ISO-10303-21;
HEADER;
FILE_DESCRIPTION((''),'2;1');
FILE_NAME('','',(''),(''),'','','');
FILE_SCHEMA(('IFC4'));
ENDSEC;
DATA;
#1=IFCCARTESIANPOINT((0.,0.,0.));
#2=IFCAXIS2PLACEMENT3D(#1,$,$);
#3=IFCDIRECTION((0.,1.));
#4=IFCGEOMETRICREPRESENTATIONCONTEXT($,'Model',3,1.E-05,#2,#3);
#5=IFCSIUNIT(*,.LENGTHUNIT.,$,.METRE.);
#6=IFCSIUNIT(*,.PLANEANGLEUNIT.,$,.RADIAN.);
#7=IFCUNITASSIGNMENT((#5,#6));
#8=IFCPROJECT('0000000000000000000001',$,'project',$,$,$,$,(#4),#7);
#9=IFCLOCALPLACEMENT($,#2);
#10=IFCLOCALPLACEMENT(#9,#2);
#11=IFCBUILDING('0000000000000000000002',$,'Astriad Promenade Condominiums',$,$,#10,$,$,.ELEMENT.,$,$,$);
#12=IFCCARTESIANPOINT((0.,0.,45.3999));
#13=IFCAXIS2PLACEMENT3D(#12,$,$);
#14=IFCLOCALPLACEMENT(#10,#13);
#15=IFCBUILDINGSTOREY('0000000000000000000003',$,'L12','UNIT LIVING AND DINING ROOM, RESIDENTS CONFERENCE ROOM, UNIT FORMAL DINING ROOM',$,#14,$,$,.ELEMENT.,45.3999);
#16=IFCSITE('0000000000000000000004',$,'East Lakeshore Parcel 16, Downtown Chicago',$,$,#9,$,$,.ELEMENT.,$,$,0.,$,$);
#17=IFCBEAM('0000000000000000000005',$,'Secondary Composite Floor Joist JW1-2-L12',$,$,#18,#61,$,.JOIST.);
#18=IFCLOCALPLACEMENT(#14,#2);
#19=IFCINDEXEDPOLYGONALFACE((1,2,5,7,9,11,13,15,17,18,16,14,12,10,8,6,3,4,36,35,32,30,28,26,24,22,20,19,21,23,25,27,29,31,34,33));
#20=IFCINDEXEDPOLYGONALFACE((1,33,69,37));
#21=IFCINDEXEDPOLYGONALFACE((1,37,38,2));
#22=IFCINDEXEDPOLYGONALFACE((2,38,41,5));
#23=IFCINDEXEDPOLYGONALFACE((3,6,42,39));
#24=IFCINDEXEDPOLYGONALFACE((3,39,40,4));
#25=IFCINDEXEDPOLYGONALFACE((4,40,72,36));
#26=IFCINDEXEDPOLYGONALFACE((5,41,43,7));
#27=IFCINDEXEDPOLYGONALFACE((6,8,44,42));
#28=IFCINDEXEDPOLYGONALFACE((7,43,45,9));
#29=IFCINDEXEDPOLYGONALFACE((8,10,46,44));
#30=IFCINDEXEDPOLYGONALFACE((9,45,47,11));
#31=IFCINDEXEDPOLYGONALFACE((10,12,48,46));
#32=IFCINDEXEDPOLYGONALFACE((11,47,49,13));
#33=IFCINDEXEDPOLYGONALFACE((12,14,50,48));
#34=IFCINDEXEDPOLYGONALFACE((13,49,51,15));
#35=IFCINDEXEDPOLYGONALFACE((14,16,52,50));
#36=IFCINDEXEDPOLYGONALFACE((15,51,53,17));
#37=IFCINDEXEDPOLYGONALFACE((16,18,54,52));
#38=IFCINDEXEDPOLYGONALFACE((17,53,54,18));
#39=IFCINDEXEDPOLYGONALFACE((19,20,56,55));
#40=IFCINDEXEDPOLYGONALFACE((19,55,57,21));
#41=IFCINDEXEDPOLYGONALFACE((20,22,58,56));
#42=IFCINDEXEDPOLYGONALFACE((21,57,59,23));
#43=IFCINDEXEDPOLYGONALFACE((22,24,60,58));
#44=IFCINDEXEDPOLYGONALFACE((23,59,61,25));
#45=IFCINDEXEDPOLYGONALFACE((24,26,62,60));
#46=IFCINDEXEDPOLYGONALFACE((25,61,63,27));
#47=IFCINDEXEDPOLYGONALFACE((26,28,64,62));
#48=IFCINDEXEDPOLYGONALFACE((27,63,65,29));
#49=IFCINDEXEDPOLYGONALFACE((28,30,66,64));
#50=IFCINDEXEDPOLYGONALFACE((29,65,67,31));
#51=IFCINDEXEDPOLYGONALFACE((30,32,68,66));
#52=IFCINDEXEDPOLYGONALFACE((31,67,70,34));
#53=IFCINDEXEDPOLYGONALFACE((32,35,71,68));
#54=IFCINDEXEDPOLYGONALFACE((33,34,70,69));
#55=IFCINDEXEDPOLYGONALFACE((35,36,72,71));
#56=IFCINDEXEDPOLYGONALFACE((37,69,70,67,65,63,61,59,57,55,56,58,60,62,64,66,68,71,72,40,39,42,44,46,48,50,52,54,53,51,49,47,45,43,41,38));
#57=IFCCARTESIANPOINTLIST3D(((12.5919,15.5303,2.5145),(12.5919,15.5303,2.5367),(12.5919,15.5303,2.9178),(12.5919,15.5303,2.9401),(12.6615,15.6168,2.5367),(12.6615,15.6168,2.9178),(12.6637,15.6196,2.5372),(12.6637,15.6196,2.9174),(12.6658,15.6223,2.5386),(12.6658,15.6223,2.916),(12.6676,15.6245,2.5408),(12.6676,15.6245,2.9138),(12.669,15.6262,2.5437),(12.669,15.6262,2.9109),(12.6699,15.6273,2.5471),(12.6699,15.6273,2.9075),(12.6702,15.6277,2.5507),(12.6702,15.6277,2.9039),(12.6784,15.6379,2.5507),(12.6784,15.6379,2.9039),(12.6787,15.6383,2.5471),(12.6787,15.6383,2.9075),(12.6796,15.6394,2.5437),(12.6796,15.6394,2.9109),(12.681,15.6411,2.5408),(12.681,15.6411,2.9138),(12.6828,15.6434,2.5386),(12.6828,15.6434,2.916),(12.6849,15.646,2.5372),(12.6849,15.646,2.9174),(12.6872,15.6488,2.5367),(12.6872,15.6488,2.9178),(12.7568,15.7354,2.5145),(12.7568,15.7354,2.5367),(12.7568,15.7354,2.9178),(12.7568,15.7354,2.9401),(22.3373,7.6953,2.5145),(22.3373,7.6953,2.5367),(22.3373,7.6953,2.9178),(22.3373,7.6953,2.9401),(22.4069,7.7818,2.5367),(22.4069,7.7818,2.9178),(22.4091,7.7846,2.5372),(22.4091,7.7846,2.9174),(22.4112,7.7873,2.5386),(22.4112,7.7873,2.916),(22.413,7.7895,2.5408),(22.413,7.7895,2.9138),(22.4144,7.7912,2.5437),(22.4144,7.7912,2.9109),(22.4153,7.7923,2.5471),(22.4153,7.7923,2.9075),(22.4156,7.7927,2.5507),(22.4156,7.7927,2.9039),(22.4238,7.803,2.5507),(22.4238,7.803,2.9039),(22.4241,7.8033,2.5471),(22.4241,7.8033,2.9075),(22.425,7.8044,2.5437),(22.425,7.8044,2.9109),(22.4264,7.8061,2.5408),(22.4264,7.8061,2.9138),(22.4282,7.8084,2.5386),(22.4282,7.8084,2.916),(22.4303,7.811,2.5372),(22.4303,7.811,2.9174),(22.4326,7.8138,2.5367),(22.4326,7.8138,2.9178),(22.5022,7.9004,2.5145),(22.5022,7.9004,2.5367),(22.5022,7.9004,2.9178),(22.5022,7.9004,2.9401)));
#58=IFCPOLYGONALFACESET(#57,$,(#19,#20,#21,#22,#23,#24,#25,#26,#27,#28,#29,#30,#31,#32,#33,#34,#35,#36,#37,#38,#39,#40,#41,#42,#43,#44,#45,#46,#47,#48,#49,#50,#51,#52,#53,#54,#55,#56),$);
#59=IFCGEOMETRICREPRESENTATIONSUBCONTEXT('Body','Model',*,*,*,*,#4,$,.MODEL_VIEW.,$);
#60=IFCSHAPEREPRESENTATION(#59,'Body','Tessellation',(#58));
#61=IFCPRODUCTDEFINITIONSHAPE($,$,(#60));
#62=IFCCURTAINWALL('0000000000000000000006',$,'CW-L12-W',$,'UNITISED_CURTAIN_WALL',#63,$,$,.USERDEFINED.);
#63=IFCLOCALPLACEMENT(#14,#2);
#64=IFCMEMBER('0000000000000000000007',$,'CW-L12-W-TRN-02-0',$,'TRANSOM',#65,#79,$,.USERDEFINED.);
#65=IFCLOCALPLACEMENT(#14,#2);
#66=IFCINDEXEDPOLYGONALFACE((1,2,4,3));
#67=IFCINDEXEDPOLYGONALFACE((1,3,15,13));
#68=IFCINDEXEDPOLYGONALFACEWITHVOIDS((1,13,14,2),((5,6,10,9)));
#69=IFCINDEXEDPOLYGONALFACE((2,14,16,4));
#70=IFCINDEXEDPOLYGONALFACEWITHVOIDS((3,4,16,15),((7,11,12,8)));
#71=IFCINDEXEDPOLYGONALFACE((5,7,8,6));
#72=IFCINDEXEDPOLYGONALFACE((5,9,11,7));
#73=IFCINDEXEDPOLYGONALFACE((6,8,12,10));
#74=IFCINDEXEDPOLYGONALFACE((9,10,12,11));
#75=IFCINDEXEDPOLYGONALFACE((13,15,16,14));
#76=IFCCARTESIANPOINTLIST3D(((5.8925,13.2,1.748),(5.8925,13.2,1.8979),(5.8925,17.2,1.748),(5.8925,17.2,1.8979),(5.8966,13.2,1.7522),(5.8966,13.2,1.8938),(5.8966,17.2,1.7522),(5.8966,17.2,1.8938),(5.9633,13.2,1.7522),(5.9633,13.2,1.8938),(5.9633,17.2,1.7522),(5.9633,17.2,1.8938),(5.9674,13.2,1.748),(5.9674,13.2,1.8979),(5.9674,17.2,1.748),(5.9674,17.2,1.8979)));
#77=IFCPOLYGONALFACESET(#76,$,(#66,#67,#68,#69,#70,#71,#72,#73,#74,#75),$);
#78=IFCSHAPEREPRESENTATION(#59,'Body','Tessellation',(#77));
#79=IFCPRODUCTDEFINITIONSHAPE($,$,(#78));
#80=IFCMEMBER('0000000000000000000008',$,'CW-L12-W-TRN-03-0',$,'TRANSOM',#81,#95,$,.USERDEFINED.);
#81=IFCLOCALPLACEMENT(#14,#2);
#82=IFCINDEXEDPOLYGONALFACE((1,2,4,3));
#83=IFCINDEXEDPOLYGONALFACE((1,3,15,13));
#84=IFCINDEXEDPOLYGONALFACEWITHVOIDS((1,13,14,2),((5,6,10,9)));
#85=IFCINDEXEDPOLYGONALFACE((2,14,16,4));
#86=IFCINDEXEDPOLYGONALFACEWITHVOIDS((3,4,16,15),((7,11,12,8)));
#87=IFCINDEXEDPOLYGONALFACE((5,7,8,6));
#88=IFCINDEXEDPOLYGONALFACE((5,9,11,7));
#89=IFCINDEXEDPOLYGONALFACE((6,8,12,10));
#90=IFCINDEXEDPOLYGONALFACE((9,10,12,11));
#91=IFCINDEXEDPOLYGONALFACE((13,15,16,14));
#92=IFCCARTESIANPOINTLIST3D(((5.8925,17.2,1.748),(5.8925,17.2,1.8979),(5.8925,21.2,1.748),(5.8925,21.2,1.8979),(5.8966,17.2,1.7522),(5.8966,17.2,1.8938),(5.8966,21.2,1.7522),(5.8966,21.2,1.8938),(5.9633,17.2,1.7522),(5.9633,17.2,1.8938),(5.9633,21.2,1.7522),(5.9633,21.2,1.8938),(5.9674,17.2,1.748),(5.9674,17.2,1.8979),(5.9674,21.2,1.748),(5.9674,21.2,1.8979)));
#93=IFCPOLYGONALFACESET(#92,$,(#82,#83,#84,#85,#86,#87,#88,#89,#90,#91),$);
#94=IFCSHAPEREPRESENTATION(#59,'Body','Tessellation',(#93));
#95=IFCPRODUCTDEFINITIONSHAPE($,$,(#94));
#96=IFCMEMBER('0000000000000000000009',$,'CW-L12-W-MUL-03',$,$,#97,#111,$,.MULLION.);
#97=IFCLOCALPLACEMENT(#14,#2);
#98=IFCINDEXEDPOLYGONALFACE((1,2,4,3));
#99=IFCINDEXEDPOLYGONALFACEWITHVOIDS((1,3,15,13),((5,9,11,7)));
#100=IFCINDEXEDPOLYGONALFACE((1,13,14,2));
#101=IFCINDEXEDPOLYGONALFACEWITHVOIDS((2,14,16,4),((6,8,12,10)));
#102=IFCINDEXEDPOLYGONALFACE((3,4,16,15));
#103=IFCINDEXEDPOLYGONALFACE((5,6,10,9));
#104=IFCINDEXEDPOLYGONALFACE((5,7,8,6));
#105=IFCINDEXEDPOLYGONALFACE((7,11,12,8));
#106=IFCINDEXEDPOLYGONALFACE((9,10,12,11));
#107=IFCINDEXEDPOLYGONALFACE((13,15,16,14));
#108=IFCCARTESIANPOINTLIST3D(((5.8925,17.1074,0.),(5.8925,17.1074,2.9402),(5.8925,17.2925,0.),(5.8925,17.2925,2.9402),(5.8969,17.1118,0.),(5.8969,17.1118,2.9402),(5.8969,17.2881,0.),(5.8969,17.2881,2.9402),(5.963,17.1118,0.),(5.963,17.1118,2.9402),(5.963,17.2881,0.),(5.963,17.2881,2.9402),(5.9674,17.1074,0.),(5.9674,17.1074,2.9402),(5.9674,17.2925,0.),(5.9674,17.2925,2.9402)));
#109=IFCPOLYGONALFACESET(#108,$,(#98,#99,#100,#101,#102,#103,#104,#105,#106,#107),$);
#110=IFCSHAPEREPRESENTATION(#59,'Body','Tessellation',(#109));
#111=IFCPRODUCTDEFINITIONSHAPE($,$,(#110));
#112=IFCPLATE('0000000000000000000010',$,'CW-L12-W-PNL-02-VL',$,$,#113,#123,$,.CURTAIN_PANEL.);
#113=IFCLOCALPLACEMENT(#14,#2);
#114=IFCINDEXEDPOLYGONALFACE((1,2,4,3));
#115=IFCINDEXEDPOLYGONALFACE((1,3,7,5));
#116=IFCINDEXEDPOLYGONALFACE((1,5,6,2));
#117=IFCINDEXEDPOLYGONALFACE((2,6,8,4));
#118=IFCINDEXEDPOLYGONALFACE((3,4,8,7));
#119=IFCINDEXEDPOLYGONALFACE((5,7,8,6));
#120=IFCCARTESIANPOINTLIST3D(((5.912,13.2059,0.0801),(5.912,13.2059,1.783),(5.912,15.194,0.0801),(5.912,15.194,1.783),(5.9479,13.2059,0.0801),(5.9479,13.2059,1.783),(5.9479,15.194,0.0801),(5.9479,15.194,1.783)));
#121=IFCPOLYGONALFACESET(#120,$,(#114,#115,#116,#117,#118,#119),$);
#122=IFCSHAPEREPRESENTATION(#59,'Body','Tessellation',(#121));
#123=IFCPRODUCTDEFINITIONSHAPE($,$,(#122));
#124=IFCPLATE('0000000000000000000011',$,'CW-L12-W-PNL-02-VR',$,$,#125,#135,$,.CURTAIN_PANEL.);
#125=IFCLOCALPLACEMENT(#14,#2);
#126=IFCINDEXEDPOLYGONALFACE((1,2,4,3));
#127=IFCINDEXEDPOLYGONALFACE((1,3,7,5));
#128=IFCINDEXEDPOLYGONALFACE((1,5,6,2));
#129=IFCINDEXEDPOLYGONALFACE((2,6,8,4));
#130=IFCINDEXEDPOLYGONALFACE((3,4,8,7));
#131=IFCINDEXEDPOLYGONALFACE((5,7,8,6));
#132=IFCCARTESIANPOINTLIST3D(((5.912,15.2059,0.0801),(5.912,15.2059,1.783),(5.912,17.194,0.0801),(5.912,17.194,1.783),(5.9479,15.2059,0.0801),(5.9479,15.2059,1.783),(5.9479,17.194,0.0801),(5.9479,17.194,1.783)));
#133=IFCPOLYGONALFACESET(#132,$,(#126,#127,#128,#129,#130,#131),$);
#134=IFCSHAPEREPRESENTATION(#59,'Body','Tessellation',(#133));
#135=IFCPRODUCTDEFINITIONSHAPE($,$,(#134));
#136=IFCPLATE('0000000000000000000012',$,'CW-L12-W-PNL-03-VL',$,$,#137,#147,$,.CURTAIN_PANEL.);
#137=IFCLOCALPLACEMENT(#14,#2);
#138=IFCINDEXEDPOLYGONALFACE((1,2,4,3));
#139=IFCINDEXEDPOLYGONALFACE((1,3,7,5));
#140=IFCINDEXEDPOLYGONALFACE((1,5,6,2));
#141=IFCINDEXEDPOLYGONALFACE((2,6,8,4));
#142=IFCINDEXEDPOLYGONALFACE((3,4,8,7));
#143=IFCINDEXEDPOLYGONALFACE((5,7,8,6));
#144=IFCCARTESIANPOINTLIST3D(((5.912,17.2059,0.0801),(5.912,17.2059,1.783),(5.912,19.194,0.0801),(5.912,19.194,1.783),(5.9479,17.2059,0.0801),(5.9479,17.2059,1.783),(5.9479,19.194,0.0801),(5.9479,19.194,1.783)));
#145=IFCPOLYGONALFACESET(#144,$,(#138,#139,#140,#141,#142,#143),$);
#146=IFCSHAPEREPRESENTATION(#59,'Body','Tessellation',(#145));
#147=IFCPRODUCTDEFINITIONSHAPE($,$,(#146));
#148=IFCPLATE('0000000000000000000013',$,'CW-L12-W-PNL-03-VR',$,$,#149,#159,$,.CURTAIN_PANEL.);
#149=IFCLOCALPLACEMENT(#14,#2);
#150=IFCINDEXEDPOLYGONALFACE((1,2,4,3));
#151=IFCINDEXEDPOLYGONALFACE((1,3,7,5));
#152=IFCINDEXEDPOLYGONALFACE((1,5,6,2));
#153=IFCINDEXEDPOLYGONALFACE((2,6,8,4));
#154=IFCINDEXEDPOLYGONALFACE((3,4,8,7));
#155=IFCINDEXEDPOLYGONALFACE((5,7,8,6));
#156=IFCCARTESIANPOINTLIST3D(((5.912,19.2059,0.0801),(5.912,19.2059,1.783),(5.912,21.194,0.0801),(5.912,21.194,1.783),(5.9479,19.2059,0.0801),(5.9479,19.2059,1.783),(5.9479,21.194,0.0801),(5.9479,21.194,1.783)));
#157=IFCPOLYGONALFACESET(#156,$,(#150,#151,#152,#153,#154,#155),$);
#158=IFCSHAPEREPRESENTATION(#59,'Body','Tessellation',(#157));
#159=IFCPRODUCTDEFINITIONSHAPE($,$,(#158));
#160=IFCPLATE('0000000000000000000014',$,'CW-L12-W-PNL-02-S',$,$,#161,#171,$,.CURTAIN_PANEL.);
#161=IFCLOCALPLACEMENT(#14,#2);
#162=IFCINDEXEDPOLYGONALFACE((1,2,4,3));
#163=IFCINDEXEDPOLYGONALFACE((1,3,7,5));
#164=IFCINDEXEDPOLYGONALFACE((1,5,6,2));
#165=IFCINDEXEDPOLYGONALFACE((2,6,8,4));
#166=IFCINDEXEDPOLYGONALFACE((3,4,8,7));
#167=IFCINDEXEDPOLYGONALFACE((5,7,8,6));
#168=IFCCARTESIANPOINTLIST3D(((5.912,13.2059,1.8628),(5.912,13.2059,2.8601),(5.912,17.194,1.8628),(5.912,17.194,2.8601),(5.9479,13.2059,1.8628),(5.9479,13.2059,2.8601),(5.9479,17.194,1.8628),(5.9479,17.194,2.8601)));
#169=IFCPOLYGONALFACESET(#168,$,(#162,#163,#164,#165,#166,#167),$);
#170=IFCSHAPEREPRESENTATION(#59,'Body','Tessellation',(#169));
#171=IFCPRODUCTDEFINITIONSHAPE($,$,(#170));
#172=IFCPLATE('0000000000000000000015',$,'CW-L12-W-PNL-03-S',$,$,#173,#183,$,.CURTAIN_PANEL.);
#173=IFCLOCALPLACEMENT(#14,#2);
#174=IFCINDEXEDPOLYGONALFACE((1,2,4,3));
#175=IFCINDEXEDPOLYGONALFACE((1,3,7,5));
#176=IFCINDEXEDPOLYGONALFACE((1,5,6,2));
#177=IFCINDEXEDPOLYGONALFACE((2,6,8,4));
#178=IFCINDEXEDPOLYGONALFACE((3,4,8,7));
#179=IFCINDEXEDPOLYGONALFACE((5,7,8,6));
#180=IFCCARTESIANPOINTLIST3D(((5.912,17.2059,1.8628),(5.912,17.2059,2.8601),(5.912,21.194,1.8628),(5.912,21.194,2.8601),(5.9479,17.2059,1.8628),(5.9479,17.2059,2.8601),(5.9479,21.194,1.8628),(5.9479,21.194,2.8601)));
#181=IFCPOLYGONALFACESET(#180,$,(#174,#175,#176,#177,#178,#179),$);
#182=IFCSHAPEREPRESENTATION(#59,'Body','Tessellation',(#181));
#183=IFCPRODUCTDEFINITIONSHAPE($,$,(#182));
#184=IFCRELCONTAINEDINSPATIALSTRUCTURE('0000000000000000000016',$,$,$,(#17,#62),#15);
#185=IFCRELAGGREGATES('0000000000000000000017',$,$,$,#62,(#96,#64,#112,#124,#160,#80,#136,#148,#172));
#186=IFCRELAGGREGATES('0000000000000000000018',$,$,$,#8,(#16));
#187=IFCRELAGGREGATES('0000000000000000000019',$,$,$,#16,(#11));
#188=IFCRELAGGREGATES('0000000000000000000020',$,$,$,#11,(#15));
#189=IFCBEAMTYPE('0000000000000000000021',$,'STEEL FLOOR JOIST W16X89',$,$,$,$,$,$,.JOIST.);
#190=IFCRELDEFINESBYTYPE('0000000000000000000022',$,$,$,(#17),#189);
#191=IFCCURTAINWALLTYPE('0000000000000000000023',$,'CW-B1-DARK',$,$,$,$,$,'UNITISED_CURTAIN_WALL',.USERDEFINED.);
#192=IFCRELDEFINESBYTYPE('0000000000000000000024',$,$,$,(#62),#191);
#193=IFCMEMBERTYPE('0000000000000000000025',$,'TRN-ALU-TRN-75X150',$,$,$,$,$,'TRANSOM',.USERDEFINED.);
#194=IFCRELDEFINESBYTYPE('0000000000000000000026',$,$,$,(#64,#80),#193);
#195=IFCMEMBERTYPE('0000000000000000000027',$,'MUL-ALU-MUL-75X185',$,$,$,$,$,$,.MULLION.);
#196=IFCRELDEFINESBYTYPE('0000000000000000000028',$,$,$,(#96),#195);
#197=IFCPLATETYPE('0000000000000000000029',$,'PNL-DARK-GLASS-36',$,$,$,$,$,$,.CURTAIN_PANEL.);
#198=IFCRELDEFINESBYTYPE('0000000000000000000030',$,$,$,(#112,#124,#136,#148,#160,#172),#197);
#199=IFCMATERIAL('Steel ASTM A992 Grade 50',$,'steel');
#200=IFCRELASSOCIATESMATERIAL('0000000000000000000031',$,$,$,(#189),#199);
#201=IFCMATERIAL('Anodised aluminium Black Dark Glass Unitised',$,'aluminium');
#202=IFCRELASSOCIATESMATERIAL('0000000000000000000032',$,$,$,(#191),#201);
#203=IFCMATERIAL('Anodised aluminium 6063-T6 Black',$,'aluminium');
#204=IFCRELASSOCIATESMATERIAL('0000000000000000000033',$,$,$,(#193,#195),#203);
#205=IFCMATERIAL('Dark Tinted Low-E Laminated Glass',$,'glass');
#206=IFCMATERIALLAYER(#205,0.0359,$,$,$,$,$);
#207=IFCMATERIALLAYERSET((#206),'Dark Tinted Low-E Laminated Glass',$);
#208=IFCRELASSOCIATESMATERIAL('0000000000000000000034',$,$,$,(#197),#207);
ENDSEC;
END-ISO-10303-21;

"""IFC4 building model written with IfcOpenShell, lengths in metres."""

from ifc_helpers import new_model, si_unit, direction, frame, origin, origin_2d, place, context, subcontext, project, spatial, rectangle, hollow_rectangle, i_section, extrude, source, transform, mapped, material, layer, layer_set, material_profile, profile_set, type_object, type_shapes, element, aggregate, save


model = new_model("IFC4")

# Units and contexts
model_context = context("Model", 3, precision=1e-05, world=origin(), true_north=direction((0.0, 1.0)))
body_context = subcontext(model_context, "Body", "Model", "MODEL_VIEW")
ifc_project = project(units=[si_unit("LENGTHUNIT", "METRE"), si_unit("PLANEANGLEUNIT", "RADIAN")], contexts=[model_context])

# Site, building, storey
site_placement = place(None, origin())
site = spatial("IfcSite", under=ifc_project, at=site_placement, Name="East Lakeshore Parcel 16, Downtown Chicago", CompositionType="ELEMENT", RefElevation=0.0)
building_placement = place(site_placement, origin())
building = spatial("IfcBuilding", under=site, at=building_placement, Name="Astriad Promenade Condominiums", CompositionType="ELEMENT")
storey_placement = place(building_placement, frame((0.0, 0.0, 45.3999)))
storey = spatial("IfcBuildingStorey", under=building, at=storey_placement, Name="L12", Description="UNIT LIVING AND DINING ROOM, RESIDENTS CONFERENCE ROOM, UNIT FORMAL DINING ROOM", CompositionType="ELEMENT", Elevation=45.3999)

# Beam
ifc_material_1 = material(Name="Steel ASTM A992 Grade 50", Category="steel")
ifc_material_profile_1 = material_profile(ifc_material_1, i_section(OverallWidth=0.2632, OverallDepth=0.4255, WebThickness=0.0132, FlangeThickness=0.0222, FilletRadius=0.0139, at=origin_2d()), Name="W16X89")
ifc_profile_set_1 = profile_set([ifc_material_profile_1], Name="Steel ASTM A992 Grade 50")
beam_type_1 = type_object("IfcBeamType", Name="STEEL FLOOR JOIST W16X89", PredefinedType="JOIST", material=ifc_profile_set_1)
shared_shape_1 = source(origin(), body_context, "Body", "SweptSolid", [
    extrude(i_section(OverallWidth=0.2632, OverallDepth=0.4255, WebThickness=0.0132, FlangeThickness=0.0222, FilletRadius=0.0139, at=origin_2d()), origin(), (0.0, 0.0, 1.0), 12.5044),
])
beam_1_placement = place(storey_placement, frame((12.6743, 15.6328, 2.7273), z_axis=(0.779358, -0.626579, 0.0), x_axis=(0.626579, 0.779358, 0.0)))
element("IfcBeam", 1, at=beam_1_placement, inside=storey, type_object=beam_type_1, Name="Secondary Composite Floor Joist JW1-2-L12", PredefinedType="JOIST", context=body_context, shape_type="MappedRepresentation", body=[
    mapped(shared_shape_1, transform((0.0, 0.0, 0.0), scale=1.0)),
])

# Curtain wall, members, plates
ifc_material_2 = material(Name="Anodised aluminium Black Dark Glass Unitised", Category="aluminium")
curtain_wall_type = type_object("IfcCurtainWallType", Name="CW-B1-DARK", ElementType="UNITISED_CURTAIN_WALL", PredefinedType="USERDEFINED", material=ifc_material_2)
curtain_wall_placement = place(storey_placement, origin())
curtain_wall = element("IfcCurtainWall", 2, at=curtain_wall_placement, inside=storey, type_object=curtain_wall_type, Name="CW-L12-W", ObjectType="UNITISED_CURTAIN_WALL", PredefinedType="USERDEFINED")
ifc_material_3 = material(Name="Anodised aluminium 6063-T6 Black", Category="aluminium")
ifc_material_profile_2 = material_profile(ifc_material_3, hollow_rectangle(XDim=0.075, YDim=0.1499, WallThickness=0.0042, at=origin_2d()), Name="ALU-TRN-75X150")
ifc_profile_set_2 = profile_set([ifc_material_profile_2], Name="Anodised aluminium 6063-T6 Black")
member_type_1 = type_object("IfcMemberType", Name="TRN-ALU-TRN-75X150", ElementType="TRANSOM", PredefinedType="USERDEFINED", material=ifc_profile_set_2)
shared_shape_2 = source(origin(), body_context, "Body", "SweptSolid", [
    extrude(hollow_rectangle(XDim=0.075, YDim=0.1499, WallThickness=0.0042, at=origin_2d()), origin(), (0.0, 0.0, 1.0), 4.0),
])
type_shapes(member_type_1, [shared_shape_2])
member_1_placement = place(storey_placement, frame((5.9299, 13.2, 1.823), z_axis=(0.0, 1.0, 0.0), x_axis=(-1.0, 0.0, 0.0)))
member_1 = element("IfcMember", 3, at=member_1_placement, type_object=member_type_1, Name="CW-L12-W-TRN-02-0", ObjectType="TRANSOM", PredefinedType="USERDEFINED", context=body_context, shape_type="MappedRepresentation", body=[
    mapped(shared_shape_2, transform((0.0, 0.0, 0.0), scale=1.0)),
])
member_2_placement = place(storey_placement, frame((5.9299, 17.2, 1.823), z_axis=(0.0, 1.0, 0.0), x_axis=(-1.0, 0.0, 0.0)))
member_2 = element("IfcMember", 4, at=member_2_placement, type_object=member_type_1, Name="CW-L12-W-TRN-03-0", ObjectType="TRANSOM", PredefinedType="USERDEFINED", context=body_context, shape_type="MappedRepresentation", body=[
    mapped(shared_shape_2, transform((0.0, 0.0, 0.0), scale=1.0)),
])
ifc_material_profile_3 = material_profile(ifc_material_3, hollow_rectangle(XDim=0.075, YDim=0.1851, WallThickness=0.0044, at=origin_2d()), Name="ALU-MUL-75X185")
ifc_profile_set_3 = profile_set([ifc_material_profile_3], Name="Anodised aluminium 6063-T6 Black")
member_type_2 = type_object("IfcMemberType", Name="MUL-ALU-MUL-75X185", PredefinedType="MULLION", material=ifc_profile_set_3)
shared_shape_3 = source(origin(), body_context, "Body", "SweptSolid", [
    extrude(hollow_rectangle(XDim=0.075, YDim=0.1851, WallThickness=0.0044, at=origin_2d()), origin(), (0.0, 0.0, 1.0), 2.9402),
])
type_shapes(member_type_2, [shared_shape_3])
member_3_placement = place(storey_placement, frame((5.9299, 17.2, 0.0), z_axis=(0.0, 0.0, 1.0), x_axis=(1.0, 0.0, 0.0)))
member_3 = element("IfcMember", 5, at=member_3_placement, type_object=member_type_2, Name="CW-L12-W-MUL-03", PredefinedType="MULLION", context=body_context, shape_type="MappedRepresentation", body=[
    mapped(shared_shape_3, transform((0.0, 0.0, 0.0), scale=1.0)),
])
ifc_material_4 = material(Name="Dark Tinted Low-E Laminated Glass", Category="glass")
ifc_layer_1 = layer(ifc_material_4, 0.0359)
ifc_layer_set_1 = layer_set([ifc_layer_1], Name="Dark Tinted Low-E Laminated Glass")
plate_type = type_object("IfcPlateType", Name="PNL-DARK-GLASS-36", PredefinedType="CURTAIN_PANEL", material=ifc_layer_set_1)
shared_shape_4 = source(origin(), body_context, "Body", "SweptSolid", [
    extrude(rectangle(XDim=1.988, YDim=0.0359, at=origin_2d()), origin(), (0.0, 0.0, 1.0), 1.7029),
])
plate_1_placement = place(storey_placement, frame((5.9299, 14.2, 0.0801), z_axis=(0.0, 0.0, 1.0), x_axis=(0.0, 1.0, 0.0)))
plate_1 = element("IfcPlate", 6, at=plate_1_placement, type_object=plate_type, Name="CW-L12-W-PNL-02-VL", PredefinedType="CURTAIN_PANEL", context=body_context, shape_type="MappedRepresentation", body=[
    mapped(shared_shape_4, transform((0.0, 0.0, 0.0), scale=1.0)),
])
plate_2_placement = place(storey_placement, frame((5.9299, 16.2, 0.0801), z_axis=(0.0, 0.0, 1.0), x_axis=(0.0, 1.0, 0.0)))
plate_2 = element("IfcPlate", 7, at=plate_2_placement, type_object=plate_type, Name="CW-L12-W-PNL-02-VR", PredefinedType="CURTAIN_PANEL", context=body_context, shape_type="MappedRepresentation", body=[
    mapped(shared_shape_4, transform((0.0, 0.0, 0.0), scale=1.0)),
])
plate_3_placement = place(storey_placement, frame((5.9299, 18.2, 0.0801), z_axis=(0.0, 0.0, 1.0), x_axis=(0.0, 1.0, 0.0)))
plate_3 = element("IfcPlate", 8, at=plate_3_placement, type_object=plate_type, Name="CW-L12-W-PNL-03-VL", PredefinedType="CURTAIN_PANEL", context=body_context, shape_type="MappedRepresentation", body=[
    mapped(shared_shape_4, transform((0.0, 0.0, 0.0), scale=1.0)),
])
plate_4_placement = place(storey_placement, frame((5.9299, 20.2, 0.0801), z_axis=(0.0, 0.0, 1.0), x_axis=(0.0, 1.0, 0.0)))
plate_4 = element("IfcPlate", 9, at=plate_4_placement, type_object=plate_type, Name="CW-L12-W-PNL-03-VR", PredefinedType="CURTAIN_PANEL", context=body_context, shape_type="MappedRepresentation", body=[
    mapped(shared_shape_4, transform((0.0, 0.0, 0.0), scale=1.0)),
])
shared_shape_5 = source(origin(), body_context, "Body", "SweptSolid", [
    extrude(rectangle(XDim=3.988, YDim=0.0359, at=origin_2d()), origin(), (0.0, 0.0, 1.0), 0.9973),
])
type_shapes(plate_type, [shared_shape_4, shared_shape_5])
plate_5_placement = place(storey_placement, frame((5.9299, 15.2, 1.8628), z_axis=(0.0, 0.0, 1.0), x_axis=(0.0, 1.0, 0.0)))
plate_5 = element("IfcPlate", 10, at=plate_5_placement, type_object=plate_type, Name="CW-L12-W-PNL-02-S", PredefinedType="CURTAIN_PANEL", context=body_context, shape_type="MappedRepresentation", body=[
    mapped(shared_shape_5, transform((0.0, 0.0, 0.0), scale=1.0)),
])
plate_6_placement = place(storey_placement, frame((5.9299, 19.2, 1.8628), z_axis=(0.0, 0.0, 1.0), x_axis=(0.0, 1.0, 0.0)))
plate_6 = element("IfcPlate", 11, at=plate_6_placement, type_object=plate_type, Name="CW-L12-W-PNL-03-S", PredefinedType="CURTAIN_PANEL", context=body_context, shape_type="MappedRepresentation", body=[
    mapped(shared_shape_5, transform((0.0, 0.0, 0.0), scale=1.0)),
])
aggregate(curtain_wall, [member_3, member_1, plate_1, plate_2, plate_5, member_2, plate_3, plate_4, plate_6])

save(model, "model.ifc")
